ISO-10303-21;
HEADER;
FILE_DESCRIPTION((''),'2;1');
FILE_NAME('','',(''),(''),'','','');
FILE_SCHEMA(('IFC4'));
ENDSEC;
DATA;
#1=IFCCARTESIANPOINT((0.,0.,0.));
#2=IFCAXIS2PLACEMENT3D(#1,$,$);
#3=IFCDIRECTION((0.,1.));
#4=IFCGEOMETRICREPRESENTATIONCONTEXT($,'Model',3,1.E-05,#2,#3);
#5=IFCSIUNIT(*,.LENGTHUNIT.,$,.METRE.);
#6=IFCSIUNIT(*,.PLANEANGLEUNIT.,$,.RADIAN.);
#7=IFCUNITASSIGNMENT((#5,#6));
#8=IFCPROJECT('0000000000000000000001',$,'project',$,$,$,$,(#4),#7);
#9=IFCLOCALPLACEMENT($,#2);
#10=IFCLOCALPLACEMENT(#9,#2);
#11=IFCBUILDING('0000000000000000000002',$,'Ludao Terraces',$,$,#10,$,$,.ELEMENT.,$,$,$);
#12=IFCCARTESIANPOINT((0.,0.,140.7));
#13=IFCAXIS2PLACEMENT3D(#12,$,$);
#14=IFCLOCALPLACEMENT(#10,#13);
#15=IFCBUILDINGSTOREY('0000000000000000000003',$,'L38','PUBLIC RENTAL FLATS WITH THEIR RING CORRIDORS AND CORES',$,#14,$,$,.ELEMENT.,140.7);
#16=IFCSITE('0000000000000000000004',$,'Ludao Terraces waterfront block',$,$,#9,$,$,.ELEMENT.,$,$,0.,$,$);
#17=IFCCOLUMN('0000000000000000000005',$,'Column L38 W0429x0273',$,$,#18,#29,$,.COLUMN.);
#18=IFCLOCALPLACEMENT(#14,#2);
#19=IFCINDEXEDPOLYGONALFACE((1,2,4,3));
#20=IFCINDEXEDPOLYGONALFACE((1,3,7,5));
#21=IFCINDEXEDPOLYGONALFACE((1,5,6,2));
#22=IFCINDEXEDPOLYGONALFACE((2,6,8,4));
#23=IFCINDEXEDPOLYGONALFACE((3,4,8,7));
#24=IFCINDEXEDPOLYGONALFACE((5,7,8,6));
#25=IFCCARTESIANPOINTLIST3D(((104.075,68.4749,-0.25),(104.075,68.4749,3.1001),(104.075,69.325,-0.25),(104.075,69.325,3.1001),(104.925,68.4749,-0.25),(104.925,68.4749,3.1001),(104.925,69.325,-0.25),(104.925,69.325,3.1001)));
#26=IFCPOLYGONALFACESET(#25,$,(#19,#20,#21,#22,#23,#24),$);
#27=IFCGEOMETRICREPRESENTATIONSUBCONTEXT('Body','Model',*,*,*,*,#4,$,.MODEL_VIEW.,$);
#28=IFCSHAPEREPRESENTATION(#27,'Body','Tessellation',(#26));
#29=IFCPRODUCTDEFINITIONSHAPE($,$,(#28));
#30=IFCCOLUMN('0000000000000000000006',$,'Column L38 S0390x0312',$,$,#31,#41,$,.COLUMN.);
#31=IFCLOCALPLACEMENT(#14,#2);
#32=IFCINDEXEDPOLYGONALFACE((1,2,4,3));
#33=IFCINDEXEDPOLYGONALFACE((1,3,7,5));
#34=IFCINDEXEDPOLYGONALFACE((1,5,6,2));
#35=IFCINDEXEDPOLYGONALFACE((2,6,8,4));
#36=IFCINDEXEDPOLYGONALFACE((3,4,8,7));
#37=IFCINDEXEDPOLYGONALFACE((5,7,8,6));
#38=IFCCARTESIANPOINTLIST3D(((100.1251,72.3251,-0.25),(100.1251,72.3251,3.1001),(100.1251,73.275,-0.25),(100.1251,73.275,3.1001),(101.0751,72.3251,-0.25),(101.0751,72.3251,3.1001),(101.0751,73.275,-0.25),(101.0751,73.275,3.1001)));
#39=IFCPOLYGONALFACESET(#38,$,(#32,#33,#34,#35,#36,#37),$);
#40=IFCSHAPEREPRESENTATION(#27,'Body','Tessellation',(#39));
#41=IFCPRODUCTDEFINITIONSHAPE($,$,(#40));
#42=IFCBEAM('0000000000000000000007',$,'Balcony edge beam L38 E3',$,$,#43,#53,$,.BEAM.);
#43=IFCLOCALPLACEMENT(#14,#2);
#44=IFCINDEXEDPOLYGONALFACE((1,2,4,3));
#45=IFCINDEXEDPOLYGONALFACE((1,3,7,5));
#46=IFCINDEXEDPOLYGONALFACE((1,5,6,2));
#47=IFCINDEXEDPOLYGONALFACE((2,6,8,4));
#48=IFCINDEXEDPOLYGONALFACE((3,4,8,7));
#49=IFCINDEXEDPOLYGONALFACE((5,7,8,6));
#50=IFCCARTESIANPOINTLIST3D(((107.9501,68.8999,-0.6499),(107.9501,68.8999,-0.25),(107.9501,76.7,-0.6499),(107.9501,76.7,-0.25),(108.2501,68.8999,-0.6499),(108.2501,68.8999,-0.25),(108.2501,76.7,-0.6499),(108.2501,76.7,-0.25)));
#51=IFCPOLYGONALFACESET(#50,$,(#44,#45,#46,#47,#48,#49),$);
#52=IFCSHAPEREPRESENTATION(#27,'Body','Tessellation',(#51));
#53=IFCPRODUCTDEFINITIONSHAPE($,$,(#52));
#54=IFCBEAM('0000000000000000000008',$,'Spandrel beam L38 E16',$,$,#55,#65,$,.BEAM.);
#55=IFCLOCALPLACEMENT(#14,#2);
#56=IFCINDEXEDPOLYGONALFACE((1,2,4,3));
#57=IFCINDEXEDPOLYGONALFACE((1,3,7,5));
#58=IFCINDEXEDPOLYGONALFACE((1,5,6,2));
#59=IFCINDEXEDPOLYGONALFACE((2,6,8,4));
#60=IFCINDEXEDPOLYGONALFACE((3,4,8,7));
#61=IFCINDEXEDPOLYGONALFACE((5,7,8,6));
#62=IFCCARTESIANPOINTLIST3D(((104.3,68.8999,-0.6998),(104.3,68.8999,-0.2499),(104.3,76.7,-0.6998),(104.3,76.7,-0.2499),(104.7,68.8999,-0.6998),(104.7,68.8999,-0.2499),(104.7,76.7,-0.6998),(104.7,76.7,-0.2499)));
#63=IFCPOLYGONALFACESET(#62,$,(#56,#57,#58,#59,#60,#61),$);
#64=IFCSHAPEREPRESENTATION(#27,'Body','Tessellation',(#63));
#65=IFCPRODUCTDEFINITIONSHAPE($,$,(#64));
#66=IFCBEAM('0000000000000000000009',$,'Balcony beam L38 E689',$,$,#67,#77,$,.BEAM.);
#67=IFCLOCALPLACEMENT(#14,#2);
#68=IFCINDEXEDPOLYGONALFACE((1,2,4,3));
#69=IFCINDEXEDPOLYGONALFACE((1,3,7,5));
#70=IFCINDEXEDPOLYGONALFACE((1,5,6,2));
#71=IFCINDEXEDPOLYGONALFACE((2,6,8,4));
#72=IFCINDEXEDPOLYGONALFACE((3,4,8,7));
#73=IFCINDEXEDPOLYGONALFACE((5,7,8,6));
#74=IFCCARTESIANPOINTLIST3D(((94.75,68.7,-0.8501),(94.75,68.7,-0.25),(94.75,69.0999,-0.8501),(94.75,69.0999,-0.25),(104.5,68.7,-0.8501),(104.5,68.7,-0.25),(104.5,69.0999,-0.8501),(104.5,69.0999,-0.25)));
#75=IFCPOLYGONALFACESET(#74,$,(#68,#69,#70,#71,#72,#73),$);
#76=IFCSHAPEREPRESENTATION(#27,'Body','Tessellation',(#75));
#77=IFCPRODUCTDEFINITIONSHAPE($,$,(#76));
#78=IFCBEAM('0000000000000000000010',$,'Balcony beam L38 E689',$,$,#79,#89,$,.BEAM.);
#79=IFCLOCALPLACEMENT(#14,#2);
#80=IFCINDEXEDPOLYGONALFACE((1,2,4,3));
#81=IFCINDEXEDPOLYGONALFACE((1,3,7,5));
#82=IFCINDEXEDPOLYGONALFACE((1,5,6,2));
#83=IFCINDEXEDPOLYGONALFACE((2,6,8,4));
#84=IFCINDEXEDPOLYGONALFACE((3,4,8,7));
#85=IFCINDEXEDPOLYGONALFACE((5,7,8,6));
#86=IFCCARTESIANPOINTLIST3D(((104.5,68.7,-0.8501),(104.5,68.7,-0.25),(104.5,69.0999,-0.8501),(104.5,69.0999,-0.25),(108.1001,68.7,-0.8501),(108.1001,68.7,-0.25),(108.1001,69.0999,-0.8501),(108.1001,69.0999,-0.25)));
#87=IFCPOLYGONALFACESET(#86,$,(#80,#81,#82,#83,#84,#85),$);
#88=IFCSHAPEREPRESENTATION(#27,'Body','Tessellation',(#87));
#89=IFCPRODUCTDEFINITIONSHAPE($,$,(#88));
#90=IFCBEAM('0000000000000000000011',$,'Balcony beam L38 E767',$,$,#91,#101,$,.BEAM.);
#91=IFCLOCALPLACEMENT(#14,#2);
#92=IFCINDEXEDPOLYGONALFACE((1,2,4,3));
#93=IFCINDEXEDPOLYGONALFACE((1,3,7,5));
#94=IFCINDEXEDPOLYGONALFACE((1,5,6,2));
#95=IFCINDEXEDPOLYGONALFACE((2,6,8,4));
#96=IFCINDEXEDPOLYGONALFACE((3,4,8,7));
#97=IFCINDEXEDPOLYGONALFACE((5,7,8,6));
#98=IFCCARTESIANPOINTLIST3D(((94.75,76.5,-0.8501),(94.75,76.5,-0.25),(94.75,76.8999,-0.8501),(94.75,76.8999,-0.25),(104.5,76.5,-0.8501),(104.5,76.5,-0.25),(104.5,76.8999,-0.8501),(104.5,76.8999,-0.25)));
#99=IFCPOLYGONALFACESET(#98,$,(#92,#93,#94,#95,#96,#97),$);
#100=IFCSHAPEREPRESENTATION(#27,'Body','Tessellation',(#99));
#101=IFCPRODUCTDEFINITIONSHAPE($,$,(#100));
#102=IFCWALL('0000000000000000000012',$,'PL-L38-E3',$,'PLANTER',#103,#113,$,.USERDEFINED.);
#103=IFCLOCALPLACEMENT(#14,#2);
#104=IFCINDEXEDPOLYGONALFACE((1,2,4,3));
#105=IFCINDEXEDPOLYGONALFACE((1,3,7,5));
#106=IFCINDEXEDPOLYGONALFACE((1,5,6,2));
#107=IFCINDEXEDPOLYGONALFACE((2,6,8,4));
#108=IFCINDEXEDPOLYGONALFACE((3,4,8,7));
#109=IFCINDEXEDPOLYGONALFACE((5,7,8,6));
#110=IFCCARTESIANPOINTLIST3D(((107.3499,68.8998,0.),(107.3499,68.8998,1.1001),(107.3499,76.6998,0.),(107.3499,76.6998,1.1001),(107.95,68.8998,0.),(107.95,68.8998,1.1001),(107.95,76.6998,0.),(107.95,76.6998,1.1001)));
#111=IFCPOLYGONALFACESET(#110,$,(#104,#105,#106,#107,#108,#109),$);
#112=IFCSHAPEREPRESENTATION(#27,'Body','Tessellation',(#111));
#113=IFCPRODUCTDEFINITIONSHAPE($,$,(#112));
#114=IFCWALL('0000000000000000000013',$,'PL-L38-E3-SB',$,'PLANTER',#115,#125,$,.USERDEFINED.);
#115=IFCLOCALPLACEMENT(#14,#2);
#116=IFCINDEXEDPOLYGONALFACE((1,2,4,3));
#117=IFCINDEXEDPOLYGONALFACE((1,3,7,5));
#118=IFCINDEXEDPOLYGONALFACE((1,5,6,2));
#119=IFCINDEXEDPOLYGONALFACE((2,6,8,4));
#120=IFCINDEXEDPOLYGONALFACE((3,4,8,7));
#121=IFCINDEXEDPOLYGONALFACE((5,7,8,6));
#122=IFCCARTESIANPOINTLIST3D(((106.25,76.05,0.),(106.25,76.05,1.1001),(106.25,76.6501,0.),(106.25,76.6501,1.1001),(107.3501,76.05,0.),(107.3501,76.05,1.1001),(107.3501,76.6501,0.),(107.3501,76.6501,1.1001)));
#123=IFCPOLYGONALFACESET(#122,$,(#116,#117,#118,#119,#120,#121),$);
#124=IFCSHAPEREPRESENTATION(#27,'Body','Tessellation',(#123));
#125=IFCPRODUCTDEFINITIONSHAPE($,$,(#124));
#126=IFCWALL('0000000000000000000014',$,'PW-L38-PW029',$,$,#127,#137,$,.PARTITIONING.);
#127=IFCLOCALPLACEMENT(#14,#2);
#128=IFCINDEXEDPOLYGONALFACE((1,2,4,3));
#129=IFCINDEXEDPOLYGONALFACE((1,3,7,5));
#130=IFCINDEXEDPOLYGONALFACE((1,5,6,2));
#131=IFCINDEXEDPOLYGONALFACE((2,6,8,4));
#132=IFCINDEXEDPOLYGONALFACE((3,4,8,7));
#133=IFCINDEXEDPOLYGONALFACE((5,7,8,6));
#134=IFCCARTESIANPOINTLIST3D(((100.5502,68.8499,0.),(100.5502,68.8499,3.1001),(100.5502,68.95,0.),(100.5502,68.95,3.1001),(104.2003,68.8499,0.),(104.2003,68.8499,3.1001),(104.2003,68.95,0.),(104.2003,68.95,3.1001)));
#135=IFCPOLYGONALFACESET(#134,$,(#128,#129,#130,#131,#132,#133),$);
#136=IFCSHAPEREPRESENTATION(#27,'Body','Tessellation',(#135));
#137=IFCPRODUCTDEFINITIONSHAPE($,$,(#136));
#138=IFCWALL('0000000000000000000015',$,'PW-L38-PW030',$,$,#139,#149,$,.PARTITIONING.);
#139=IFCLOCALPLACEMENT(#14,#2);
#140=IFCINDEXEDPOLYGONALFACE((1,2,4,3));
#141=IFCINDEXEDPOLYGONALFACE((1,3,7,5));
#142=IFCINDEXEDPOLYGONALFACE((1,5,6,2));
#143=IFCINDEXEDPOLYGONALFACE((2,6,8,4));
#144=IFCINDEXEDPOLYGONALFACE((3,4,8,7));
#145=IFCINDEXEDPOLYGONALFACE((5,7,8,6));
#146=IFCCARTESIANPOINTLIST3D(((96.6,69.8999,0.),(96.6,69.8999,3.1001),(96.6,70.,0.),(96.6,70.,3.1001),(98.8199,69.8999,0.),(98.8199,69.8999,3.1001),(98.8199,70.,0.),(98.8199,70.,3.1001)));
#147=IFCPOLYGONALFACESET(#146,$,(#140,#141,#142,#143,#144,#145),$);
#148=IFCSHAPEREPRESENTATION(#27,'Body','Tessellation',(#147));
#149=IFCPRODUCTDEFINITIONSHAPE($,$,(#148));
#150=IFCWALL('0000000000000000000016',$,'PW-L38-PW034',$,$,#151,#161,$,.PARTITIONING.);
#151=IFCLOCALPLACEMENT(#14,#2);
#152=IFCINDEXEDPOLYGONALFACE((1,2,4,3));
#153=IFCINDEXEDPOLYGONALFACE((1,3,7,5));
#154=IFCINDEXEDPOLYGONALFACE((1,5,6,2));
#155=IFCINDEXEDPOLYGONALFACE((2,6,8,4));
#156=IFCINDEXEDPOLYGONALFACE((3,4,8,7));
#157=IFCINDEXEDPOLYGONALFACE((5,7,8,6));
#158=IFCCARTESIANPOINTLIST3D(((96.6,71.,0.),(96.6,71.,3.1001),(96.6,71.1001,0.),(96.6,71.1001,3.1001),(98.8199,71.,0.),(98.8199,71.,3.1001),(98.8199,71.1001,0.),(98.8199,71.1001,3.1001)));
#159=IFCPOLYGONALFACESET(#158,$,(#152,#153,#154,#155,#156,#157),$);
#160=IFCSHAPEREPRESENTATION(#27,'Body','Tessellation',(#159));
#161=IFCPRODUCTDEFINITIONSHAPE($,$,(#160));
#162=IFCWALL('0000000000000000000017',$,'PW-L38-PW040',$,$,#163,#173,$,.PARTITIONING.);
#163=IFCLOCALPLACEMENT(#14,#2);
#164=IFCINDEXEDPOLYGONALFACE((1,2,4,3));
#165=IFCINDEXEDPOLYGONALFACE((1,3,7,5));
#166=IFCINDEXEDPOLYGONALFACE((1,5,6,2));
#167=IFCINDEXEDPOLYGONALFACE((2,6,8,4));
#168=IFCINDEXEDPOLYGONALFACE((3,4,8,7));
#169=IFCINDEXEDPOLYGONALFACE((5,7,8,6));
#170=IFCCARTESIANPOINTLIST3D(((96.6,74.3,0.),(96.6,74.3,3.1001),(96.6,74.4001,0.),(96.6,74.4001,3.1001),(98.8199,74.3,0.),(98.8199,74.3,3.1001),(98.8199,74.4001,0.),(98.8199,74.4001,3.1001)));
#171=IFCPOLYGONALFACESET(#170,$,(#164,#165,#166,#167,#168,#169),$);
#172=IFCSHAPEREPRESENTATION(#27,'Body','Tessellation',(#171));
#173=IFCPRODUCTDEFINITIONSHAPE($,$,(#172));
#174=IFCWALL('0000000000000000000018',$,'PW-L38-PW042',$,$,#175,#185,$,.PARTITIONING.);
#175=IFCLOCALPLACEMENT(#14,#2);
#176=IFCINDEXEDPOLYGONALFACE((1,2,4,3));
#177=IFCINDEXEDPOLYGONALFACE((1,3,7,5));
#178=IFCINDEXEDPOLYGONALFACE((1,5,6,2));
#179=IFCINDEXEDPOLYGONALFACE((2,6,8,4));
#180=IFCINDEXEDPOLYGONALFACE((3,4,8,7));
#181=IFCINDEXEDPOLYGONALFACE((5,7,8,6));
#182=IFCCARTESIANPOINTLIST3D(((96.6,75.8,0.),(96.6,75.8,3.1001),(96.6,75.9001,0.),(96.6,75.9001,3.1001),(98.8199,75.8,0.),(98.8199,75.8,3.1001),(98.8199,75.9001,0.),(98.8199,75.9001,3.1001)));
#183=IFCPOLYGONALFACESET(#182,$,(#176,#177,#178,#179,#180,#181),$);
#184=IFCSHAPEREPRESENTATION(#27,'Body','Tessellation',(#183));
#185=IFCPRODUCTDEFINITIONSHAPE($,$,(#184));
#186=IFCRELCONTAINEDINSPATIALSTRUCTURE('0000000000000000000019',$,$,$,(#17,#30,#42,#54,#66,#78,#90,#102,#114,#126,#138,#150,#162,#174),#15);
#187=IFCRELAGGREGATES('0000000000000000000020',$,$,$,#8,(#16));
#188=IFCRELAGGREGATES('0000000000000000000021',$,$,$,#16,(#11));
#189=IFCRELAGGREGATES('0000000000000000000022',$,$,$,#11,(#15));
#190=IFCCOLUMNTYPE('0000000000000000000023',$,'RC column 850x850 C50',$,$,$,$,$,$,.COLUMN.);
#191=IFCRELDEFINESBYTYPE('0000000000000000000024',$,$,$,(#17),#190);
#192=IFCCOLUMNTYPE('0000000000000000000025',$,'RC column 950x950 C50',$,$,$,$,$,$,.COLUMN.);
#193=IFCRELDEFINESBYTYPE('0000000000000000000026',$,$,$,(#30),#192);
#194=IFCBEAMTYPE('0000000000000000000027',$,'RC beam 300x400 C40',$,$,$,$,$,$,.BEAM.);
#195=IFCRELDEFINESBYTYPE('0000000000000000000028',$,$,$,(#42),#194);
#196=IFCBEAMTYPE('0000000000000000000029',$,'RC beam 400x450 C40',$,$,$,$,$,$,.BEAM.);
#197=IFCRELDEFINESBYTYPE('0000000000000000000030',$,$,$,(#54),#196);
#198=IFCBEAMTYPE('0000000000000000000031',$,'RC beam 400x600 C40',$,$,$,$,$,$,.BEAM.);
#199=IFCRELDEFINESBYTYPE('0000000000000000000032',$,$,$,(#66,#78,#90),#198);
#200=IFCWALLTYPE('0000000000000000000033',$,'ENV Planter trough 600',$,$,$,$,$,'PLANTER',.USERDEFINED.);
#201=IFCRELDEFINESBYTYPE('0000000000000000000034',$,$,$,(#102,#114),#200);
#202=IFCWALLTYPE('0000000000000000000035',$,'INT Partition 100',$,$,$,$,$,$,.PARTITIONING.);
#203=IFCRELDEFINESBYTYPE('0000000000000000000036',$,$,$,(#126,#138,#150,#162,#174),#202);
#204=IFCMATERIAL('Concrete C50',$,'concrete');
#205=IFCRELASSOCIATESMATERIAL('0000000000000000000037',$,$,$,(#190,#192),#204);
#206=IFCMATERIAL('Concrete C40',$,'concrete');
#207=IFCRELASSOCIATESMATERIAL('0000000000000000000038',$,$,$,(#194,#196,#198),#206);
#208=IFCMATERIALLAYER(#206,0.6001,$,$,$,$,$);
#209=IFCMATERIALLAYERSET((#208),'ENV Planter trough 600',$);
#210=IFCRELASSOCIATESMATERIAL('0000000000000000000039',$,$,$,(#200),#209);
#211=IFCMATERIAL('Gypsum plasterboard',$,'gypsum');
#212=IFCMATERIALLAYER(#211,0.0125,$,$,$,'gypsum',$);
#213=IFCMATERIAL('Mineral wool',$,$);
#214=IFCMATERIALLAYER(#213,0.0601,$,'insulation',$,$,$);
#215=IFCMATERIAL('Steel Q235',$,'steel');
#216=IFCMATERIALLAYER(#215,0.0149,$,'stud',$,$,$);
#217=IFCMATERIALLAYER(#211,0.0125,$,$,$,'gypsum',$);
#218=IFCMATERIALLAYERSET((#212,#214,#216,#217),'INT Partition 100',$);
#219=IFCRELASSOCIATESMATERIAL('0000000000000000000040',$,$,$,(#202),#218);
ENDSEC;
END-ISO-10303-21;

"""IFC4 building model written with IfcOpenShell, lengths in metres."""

from ifc_helpers import new_model, si_unit, direction, frame, frame_2d, origin, origin_2d, place, context, subcontext, project, spatial, rectangle, extrude, material, layer, layer_set, material_profile, profile_set, type_object, element, save


model = new_model("IFC4")

# Units and contexts
model_context = context("Model", 3, precision=1e-05, world=origin(), true_north=direction((0.0, 1.0)))
body_context = subcontext(model_context, "Body", "Model", "MODEL_VIEW")
ifc_project = project(units=[si_unit("LENGTHUNIT", "METRE"), si_unit("PLANEANGLEUNIT", "RADIAN")], contexts=[model_context])

# Site, building, storey
site_placement = place(None, origin())
site = spatial("IfcSite", under=ifc_project, at=site_placement, Name="Ludao Terraces waterfront block", CompositionType="ELEMENT", RefElevation=0.0)
building_placement = place(site_placement, origin())
building = spatial("IfcBuilding", under=site, at=building_placement, Name="Ludao Terraces", CompositionType="ELEMENT")
storey_placement = place(building_placement, frame((0.0, 0.0, 140.7)))
storey = spatial("IfcBuildingStorey", under=building, at=storey_placement, Name="L38", Description="PUBLIC RENTAL FLATS WITH THEIR RING CORRIDORS AND CORES", CompositionType="ELEMENT", Elevation=140.7)

# Columns
ifc_material_1 = material(Name="Concrete C50", Category="concrete")
ifc_material_profile_1 = material_profile(ifc_material_1, rectangle(XDim=0.8501, YDim=0.8501, at=origin_2d()), Name="850 X 850")
ifc_profile_set_1 = profile_set([ifc_material_profile_1], Name="Concrete C50")
column_type_1 = type_object("IfcColumnType", Name="RC column 850x850 C50", PredefinedType="COLUMN", material=ifc_profile_set_1)
column_1_placement = place(storey_placement, frame((104.5, 68.8999, -0.25), z_axis=(0.0, 0.0, 1.0), x_axis=(1.0, 0.0, 0.0)))
element("IfcColumn", 1, at=column_1_placement, inside=storey, type_object=column_type_1, Name="Column L38 W0429x0273", PredefinedType="COLUMN", context=body_context, shape_type="SweptSolid", body=[
    extrude(rectangle(XDim=0.8501, YDim=0.8501, at=origin_2d()), origin(), (0.0, 0.0, 1.0), 3.3501),
])
ifc_material_profile_2 = material_profile(ifc_material_1, rectangle(XDim=0.95, YDim=0.95, at=origin_2d()), Name="950 X 950")
ifc_profile_set_2 = profile_set([ifc_material_profile_2], Name="Concrete C50")
column_type_2 = type_object("IfcColumnType", Name="RC column 950x950 C50", PredefinedType="COLUMN", material=ifc_profile_set_2)
column_2_placement = place(storey_placement, frame((100.6001, 72.8, -0.25), z_axis=(0.0, 0.0, 1.0), x_axis=(1.0, 0.0, 0.0)))
element("IfcColumn", 2, at=column_2_placement, inside=storey, type_object=column_type_2, Name="Column L38 S0390x0312", PredefinedType="COLUMN", context=body_context, shape_type="SweptSolid", body=[
    extrude(rectangle(XDim=0.95, YDim=0.95, at=origin_2d()), origin(), (0.0, 0.0, 1.0), 3.3501),
])

# Beams
ifc_material_2 = material(Name="Concrete C40", Category="concrete")
ifc_material_profile_3 = material_profile(ifc_material_2, rectangle(XDim=0.3, YDim=0.3999, at=origin_2d()), Name="300 X 400")
ifc_profile_set_3 = profile_set([ifc_material_profile_3], Name="Concrete C40")
beam_type_1 = type_object("IfcBeamType", Name="RC beam 300x400 C40", PredefinedType="BEAM", material=ifc_profile_set_3)
beam_1_placement = place(storey_placement, frame((108.1001, 68.8999, -0.45), z_axis=(0.0, 1.0, 0.0), x_axis=(-1.0, 0.0, 0.0)))
element("IfcBeam", 3, at=beam_1_placement, inside=storey, type_object=beam_type_1, Name="Balcony edge beam L38 E3", PredefinedType="BEAM", context=body_context, shape_type="SweptSolid", body=[
    extrude(rectangle(XDim=0.3, YDim=0.3999, at=origin_2d()), origin(), (0.0, 0.0, 1.0), 7.8),
])
ifc_material_profile_4 = material_profile(ifc_material_2, rectangle(XDim=0.3999, YDim=0.45, at=origin_2d()), Name="400 X 450")
ifc_profile_set_4 = profile_set([ifc_material_profile_4], Name="Concrete C40")
beam_type_2 = type_object("IfcBeamType", Name="RC beam 400x450 C40", PredefinedType="BEAM", material=ifc_profile_set_4)
beam_2_placement = place(storey_placement, frame((104.5, 68.8999, -0.4749), z_axis=(0.0, 1.0, 0.0), x_axis=(-1.0, 0.0, 0.0)))
element("IfcBeam", 4, at=beam_2_placement, inside=storey, type_object=beam_type_2, Name="Spandrel beam L38 E16", PredefinedType="BEAM", context=body_context, shape_type="SweptSolid", body=[
    extrude(rectangle(XDim=0.3999, YDim=0.45, at=origin_2d()), origin(), (0.0, 0.0, 1.0), 7.8),
])
ifc_material_profile_5 = material_profile(ifc_material_2, rectangle(XDim=0.3999, YDim=0.6001, at=origin_2d()), Name="400 X 600")
ifc_profile_set_5 = profile_set([ifc_material_profile_5], Name="Concrete C40")
beam_type_3 = type_object("IfcBeamType", Name="RC beam 400x600 C40", PredefinedType="BEAM", material=ifc_profile_set_5)
beam_3_placement = place(storey_placement, frame((94.75, 68.8999, -0.55), z_axis=(1.0, 0.0, 0.0), x_axis=(0.0, 1.0, 0.0)))
element("IfcBeam", 5, at=beam_3_placement, inside=storey, type_object=beam_type_3, Name="Balcony beam L38 E689", PredefinedType="BEAM", context=body_context, shape_type="SweptSolid", body=[
    extrude(rectangle(XDim=0.3999, YDim=0.6001, at=origin_2d()), origin(), (0.0, 0.0, 1.0), 9.75),
])
beam_4_placement = place(storey_placement, frame((104.5, 68.8999, -0.55), z_axis=(1.0, 0.0, 0.0), x_axis=(0.0, 1.0, 0.0)))
element("IfcBeam", 6, at=beam_4_placement, inside=storey, type_object=beam_type_3, Name="Balcony beam L38 E689", PredefinedType="BEAM", context=body_context, shape_type="SweptSolid", body=[
    extrude(rectangle(XDim=0.3999, YDim=0.6001, at=origin_2d()), origin(), (0.0, 0.0, 1.0), 3.6001),
])
beam_5_placement = place(storey_placement, frame((94.75, 76.7, -0.55), z_axis=(1.0, 0.0, 0.0), x_axis=(0.0, 1.0, 0.0)))
element("IfcBeam", 7, at=beam_5_placement, inside=storey, type_object=beam_type_3, Name="Balcony beam L38 E767", PredefinedType="BEAM", context=body_context, shape_type="SweptSolid", body=[
    extrude(rectangle(XDim=0.3999, YDim=0.6001, at=origin_2d()), origin(), (0.0, 0.0, 1.0), 9.75),
])

# Walls
ifc_layer_1 = layer(ifc_material_2, 0.6001)
ifc_layer_set_1 = layer_set([ifc_layer_1], Name="ENV Planter trough 600")
wall_type_1 = type_object("IfcWallType", Name="ENV Planter trough 600", ElementType="PLANTER", PredefinedType="USERDEFINED", material=ifc_layer_set_1)
wall_1_placement = place(storey_placement, frame((107.6499, 68.8999, 0.0), z_axis=(0.0, 0.0, 1.0), x_axis=(0.0, 1.0, 0.0)))
element("IfcWall", 8, at=wall_1_placement, inside=storey, type_object=wall_type_1, Name="PL-L38-E3", ObjectType="PLANTER", PredefinedType="USERDEFINED", context=body_context, shape_type="SweptSolid", body=[
    extrude(rectangle(XDim=7.8, YDim=0.6001, at=frame_2d((3.8999, 0.0))), origin(), (0.0, 0.0, 1.0), 1.1001),
])
wall_2_placement = place(storey_placement, frame((107.3501, 76.3501, 0.0), z_axis=(0.0, 0.0, 1.0), x_axis=(-1.0, 0.0, 0.0)))
element("IfcWall", 9, at=wall_2_placement, inside=storey, type_object=wall_type_1, Name="PL-L38-E3-SB", ObjectType="PLANTER", PredefinedType="USERDEFINED", context=body_context, shape_type="SweptSolid", body=[
    extrude(rectangle(XDim=1.1001, YDim=0.6001, at=frame_2d((0.55, 0.0))), origin(), (0.0, 0.0, 1.0), 1.1001),
])

# Shared definitions
ifc_material_3 = material(Name="Mineral wool")

# Walls
ifc_material_4 = material(Name="Gypsum plasterboard", Category="gypsum")
ifc_layer_2 = layer(ifc_material_4, 0.0125, Category="gypsum")
ifc_layer_3 = layer(ifc_material_3, 0.0601, Name="insulation")
ifc_material_5 = material(Name="Steel Q235", Category="steel")
ifc_layer_4 = layer(ifc_material_5, 0.0149, Name="stud")
ifc_layer_5 = layer(ifc_material_4, 0.0125, Category="gypsum")
ifc_layer_set_2 = layer_set([ifc_layer_2, ifc_layer_3, ifc_layer_4, ifc_layer_5], Name="INT Partition 100")
wall_type_2 = type_object("IfcWallType", Name="INT Partition 100", PredefinedType="PARTITIONING", material=ifc_layer_set_2)
wall_3_placement = place(storey_placement, frame((100.55, 68.8999, 0.0), z_axis=(0.0, 0.0, 1.0), x_axis=(1.0, 0.0, 0.0)))
element("IfcWall", 10, at=wall_3_placement, inside=storey, type_object=wall_type_2, Name="PW-L38-PW029", PredefinedType="PARTITIONING", context=body_context, shape_type="SweptSolid", body=[
    extrude(rectangle(XDim=3.6501, YDim=0.1001, at=frame_2d((1.8252, 0.0))), origin(), (0.0, 0.0, 1.0), 3.1001),
])
for number, where, z_axis, x_axis, name in (
    (11, (96.6001, 69.95, 0.0), (0.0, 0.0, 1.0), (1.0, 0.0, 0.0), "PW-L38-PW030"),
    (12, (96.6001, 71.05, 0.0), (0.0, 0.0, 1.0), (1.0, 0.0, 0.0), "PW-L38-PW034"),
    (13, (96.6001, 74.3501, 0.0), (0.0, 0.0, 1.0), (1.0, 0.0, 0.0), "PW-L38-PW040"),
    (14, (96.6001, 75.8501, 0.0), (0.0, 0.0, 1.0), (1.0, 0.0, 0.0), "PW-L38-PW042"),
):
    element("IfcWall", number, at=place(storey_placement, frame(where, z_axis=z_axis, x_axis=x_axis)), inside=storey, type_object=wall_type_2, Name=name, PredefinedType="PARTITIONING", context=body_context, shape_type="SweptSolid", body=[
        extrude(rectangle(XDim=2.22, YDim=0.1001, at=frame_2d((1.1099, 0.0))), origin(), (0.0, 0.0, 1.0), 3.1001),
    ])

save(model, "model.ifc")
